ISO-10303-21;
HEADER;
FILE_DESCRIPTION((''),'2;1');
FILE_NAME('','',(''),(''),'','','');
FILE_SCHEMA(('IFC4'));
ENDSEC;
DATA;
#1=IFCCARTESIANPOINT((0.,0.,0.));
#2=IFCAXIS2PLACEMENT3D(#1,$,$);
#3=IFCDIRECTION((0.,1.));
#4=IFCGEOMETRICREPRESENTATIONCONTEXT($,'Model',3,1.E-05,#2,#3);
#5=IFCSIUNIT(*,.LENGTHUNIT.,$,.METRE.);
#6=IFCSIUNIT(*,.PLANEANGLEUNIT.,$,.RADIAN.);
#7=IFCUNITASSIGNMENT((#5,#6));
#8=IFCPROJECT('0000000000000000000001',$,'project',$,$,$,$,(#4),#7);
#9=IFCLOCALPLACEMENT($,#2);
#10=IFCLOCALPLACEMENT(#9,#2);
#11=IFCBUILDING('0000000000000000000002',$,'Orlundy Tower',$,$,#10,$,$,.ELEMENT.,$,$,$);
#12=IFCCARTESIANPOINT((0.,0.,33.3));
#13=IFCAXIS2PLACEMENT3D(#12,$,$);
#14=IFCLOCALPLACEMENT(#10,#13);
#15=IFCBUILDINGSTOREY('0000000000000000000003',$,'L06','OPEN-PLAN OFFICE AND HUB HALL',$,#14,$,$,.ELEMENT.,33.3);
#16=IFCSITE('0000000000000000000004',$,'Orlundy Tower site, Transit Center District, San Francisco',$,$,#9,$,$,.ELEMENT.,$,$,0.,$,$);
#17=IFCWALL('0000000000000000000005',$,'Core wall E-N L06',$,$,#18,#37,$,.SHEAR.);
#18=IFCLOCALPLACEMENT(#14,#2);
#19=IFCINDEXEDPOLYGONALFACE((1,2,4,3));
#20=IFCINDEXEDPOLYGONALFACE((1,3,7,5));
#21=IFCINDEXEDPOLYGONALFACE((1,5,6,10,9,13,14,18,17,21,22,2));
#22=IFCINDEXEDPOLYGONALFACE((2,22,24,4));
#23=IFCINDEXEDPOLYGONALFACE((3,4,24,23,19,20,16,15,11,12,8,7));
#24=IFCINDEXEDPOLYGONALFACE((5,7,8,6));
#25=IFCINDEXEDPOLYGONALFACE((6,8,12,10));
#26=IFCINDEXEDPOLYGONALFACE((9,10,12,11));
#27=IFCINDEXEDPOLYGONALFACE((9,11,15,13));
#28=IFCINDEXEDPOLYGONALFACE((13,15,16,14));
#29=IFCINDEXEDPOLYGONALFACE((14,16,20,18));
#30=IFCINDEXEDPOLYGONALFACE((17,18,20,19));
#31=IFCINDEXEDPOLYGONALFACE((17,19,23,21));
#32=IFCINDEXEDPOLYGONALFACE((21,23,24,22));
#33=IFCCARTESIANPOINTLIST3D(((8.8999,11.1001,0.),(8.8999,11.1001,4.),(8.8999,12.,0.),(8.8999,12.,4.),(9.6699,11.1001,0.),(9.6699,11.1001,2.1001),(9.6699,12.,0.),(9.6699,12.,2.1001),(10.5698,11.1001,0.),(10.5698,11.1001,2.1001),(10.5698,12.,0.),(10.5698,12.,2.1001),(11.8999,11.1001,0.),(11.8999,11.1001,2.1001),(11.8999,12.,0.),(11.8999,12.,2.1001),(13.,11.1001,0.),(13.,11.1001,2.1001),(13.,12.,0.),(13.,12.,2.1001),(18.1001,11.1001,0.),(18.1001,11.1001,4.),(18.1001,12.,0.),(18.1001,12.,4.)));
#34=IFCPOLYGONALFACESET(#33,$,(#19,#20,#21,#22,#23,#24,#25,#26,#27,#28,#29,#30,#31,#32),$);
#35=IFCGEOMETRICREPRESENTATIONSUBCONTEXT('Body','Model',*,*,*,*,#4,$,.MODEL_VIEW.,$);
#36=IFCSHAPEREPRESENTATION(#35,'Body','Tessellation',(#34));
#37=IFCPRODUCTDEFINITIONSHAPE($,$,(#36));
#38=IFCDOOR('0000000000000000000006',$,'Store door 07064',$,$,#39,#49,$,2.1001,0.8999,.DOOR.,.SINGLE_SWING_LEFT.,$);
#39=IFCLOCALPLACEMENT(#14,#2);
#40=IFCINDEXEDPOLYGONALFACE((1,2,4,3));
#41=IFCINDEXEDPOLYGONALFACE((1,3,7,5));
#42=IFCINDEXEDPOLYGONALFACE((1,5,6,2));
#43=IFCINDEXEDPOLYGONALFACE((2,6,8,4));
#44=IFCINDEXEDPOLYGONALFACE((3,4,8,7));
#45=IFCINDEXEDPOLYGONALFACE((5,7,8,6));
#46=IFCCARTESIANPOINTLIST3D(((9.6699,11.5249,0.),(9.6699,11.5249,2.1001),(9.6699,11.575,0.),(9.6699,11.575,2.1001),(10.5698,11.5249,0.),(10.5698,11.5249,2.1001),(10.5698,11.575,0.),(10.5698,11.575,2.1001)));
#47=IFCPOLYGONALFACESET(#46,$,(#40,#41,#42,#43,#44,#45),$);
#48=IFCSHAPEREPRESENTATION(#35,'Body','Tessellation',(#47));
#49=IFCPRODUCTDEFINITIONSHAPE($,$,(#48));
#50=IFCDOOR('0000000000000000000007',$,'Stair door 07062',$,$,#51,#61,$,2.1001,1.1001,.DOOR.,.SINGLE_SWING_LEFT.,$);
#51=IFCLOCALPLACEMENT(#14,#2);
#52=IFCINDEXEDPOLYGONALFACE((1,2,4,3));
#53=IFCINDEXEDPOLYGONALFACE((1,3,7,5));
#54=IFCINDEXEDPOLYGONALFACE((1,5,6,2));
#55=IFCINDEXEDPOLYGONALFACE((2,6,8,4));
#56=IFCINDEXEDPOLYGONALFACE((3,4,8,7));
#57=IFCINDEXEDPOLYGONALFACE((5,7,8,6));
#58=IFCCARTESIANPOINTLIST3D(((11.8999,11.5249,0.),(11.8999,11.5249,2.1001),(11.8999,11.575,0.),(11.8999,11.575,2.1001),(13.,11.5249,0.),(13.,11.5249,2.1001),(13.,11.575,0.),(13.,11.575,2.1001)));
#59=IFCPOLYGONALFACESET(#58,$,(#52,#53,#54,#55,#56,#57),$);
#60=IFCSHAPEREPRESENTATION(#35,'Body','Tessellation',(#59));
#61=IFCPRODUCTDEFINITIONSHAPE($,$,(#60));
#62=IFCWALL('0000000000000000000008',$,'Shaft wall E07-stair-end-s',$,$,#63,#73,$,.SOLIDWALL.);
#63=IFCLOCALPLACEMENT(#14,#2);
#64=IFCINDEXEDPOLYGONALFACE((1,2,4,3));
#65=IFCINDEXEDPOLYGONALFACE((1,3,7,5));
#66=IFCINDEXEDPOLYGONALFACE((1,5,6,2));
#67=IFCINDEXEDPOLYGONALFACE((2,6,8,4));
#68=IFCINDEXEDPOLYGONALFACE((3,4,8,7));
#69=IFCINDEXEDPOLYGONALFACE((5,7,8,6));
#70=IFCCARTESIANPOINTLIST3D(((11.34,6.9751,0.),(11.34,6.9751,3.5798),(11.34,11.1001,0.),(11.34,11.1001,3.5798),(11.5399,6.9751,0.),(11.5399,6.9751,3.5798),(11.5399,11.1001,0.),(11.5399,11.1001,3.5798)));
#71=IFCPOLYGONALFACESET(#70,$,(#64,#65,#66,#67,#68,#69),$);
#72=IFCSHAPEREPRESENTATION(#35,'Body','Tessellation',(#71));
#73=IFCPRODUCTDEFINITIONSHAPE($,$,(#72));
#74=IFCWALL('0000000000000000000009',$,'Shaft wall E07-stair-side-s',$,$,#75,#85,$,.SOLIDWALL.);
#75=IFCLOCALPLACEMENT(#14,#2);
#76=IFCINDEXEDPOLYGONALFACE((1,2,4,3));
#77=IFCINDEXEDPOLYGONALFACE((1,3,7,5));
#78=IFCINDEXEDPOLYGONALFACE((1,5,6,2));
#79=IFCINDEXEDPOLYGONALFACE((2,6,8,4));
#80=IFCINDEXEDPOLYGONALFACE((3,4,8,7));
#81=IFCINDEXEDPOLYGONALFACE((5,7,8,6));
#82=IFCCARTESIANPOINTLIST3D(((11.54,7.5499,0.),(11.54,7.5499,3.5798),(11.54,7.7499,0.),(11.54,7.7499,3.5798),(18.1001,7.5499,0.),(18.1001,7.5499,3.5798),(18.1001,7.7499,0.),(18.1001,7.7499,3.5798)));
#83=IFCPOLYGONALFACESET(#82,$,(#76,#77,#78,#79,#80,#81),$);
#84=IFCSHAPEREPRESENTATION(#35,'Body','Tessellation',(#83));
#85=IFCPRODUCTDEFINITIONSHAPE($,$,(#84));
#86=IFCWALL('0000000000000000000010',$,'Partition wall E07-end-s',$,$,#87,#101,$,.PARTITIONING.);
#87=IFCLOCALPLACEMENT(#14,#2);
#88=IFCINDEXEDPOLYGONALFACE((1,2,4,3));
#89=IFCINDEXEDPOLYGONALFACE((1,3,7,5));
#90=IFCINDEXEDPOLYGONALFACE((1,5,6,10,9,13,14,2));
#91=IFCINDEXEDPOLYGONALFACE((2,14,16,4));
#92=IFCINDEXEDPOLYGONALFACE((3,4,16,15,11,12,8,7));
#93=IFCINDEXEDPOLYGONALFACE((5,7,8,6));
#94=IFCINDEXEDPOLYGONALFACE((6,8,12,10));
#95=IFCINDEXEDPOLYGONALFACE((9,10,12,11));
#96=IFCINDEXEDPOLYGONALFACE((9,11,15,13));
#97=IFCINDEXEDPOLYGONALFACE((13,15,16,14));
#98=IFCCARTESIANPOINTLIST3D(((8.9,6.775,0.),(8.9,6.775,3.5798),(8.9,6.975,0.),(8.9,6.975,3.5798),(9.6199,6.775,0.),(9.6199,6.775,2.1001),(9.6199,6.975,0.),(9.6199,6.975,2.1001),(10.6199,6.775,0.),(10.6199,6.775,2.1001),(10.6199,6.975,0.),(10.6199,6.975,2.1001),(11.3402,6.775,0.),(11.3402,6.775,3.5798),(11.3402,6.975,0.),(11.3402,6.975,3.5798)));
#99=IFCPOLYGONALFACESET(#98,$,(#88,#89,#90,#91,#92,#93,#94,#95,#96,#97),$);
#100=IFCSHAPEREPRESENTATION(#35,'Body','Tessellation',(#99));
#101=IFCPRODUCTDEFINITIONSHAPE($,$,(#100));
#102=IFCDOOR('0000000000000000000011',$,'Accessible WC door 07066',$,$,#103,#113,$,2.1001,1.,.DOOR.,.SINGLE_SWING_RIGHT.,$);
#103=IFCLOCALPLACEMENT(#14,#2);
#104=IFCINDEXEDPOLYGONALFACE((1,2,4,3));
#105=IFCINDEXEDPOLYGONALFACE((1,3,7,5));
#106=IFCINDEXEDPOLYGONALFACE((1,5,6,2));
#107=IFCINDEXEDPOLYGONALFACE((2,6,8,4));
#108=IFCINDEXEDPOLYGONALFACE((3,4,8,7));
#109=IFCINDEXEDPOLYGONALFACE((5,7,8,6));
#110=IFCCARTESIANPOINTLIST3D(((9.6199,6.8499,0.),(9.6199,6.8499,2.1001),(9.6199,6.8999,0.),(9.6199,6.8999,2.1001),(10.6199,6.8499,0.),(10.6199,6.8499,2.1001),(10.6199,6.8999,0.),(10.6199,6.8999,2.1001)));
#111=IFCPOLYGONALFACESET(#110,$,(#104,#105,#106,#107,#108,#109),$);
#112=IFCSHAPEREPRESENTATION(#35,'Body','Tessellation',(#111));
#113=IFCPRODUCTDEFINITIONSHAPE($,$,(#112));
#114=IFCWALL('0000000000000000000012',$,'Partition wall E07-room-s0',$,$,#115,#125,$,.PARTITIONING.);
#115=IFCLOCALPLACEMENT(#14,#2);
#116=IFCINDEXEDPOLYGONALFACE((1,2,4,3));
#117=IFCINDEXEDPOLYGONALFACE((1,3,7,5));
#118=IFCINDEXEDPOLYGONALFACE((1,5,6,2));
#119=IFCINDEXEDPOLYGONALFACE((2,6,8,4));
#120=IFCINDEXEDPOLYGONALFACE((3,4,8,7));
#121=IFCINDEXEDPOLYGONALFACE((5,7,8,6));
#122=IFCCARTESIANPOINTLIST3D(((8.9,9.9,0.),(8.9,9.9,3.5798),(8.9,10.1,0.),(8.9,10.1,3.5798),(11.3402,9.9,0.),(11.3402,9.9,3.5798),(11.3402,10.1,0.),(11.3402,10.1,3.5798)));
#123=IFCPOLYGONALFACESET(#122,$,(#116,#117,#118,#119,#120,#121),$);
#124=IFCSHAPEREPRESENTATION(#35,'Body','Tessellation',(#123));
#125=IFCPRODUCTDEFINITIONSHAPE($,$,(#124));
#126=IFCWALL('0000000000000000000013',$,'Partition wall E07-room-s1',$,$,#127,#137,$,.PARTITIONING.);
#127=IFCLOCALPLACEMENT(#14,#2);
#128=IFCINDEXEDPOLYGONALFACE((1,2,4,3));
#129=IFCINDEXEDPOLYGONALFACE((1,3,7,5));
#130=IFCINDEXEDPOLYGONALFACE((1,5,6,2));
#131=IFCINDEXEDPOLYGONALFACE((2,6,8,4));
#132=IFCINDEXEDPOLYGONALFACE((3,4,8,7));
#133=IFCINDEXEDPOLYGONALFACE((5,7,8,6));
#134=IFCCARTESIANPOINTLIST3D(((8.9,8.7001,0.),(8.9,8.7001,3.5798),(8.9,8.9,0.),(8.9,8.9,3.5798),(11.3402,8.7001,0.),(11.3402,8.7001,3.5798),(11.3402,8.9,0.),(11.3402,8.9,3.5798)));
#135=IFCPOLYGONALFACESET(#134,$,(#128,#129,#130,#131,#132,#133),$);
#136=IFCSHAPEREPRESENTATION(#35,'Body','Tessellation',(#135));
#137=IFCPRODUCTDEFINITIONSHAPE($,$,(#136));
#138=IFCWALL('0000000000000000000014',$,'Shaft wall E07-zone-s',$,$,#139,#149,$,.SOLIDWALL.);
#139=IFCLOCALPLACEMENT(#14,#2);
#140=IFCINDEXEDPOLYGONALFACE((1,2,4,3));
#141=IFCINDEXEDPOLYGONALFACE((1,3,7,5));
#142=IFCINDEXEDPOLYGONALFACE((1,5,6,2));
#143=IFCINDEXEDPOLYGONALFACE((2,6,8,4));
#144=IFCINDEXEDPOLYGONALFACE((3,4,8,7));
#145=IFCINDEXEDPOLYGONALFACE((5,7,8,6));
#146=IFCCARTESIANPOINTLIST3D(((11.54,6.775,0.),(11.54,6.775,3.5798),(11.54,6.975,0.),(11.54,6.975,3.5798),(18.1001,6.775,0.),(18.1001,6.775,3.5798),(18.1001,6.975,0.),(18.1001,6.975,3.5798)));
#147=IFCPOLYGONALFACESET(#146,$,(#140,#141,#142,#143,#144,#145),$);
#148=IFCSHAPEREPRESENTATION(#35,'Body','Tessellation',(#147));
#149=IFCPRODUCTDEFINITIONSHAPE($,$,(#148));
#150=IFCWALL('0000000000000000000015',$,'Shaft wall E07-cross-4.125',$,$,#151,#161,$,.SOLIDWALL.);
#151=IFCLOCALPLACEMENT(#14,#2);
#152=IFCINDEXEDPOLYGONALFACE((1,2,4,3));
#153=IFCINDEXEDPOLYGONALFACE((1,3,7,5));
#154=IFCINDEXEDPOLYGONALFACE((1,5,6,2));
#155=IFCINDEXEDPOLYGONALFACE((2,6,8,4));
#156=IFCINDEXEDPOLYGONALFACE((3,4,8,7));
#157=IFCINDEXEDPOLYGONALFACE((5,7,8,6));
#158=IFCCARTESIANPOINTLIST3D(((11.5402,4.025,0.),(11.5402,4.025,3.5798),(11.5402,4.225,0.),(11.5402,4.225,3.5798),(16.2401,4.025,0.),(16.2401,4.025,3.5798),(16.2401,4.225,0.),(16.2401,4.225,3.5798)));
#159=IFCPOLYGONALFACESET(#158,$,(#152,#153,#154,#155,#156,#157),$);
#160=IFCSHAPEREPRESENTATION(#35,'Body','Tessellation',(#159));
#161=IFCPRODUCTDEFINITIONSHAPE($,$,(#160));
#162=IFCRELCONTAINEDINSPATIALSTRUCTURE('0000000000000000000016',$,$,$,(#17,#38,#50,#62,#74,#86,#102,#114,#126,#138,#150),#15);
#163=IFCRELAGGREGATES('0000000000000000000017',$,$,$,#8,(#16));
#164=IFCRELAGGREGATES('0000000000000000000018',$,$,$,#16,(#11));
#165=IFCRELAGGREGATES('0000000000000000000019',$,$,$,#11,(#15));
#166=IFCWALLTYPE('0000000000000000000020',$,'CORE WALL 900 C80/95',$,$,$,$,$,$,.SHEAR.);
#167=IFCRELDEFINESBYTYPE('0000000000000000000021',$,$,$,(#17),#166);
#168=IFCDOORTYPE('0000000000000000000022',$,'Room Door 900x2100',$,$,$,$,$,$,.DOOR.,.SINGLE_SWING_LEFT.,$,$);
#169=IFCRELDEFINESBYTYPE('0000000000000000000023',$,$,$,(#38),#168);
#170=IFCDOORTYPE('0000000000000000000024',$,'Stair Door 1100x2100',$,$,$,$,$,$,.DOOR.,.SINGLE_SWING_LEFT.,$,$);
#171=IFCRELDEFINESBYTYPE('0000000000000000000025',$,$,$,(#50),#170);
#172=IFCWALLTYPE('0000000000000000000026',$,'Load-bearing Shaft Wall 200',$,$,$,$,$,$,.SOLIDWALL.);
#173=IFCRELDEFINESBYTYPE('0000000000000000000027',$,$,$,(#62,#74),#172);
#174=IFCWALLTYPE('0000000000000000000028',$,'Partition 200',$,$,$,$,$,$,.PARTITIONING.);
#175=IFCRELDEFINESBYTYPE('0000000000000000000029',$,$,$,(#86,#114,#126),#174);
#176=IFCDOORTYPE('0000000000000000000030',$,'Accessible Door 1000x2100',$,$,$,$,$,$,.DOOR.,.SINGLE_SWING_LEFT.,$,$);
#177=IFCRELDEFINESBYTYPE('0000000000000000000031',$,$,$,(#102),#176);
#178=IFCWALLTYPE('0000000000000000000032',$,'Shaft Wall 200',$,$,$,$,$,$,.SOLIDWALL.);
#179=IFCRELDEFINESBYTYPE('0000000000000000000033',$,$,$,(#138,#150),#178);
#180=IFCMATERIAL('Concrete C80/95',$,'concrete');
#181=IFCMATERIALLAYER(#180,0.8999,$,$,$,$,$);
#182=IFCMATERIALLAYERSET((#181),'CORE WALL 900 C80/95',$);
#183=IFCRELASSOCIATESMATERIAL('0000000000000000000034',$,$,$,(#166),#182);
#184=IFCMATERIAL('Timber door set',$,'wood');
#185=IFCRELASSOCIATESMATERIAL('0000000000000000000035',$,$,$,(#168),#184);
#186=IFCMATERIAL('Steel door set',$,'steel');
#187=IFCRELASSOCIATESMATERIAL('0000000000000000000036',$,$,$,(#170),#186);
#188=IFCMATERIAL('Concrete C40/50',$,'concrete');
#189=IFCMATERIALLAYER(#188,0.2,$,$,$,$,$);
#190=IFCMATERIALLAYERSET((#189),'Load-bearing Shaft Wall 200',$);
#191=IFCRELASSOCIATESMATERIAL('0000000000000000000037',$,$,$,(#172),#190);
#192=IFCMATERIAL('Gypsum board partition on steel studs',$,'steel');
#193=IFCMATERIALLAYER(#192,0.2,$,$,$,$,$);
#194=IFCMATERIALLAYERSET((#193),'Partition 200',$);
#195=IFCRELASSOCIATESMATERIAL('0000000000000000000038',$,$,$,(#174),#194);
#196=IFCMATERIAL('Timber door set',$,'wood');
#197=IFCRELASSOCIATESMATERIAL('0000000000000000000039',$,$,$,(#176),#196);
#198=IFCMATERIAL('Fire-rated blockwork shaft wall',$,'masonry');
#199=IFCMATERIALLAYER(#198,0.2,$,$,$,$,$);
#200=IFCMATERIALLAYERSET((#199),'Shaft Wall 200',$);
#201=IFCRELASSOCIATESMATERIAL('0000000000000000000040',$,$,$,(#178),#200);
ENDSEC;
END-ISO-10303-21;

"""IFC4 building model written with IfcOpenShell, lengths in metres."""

from ifc_helpers import new_model, si_unit, direction, frame, frame_2d, origin, place, context, subcontext, project, spatial, rectangle, extrude, material, layer, layer_set, type_object, element, fill, save


model = new_model("IFC4")

# Units and contexts
model_context = context("Model", 3, precision=1e-05, world=origin(), true_north=direction((0.0, 1.0)))
body_context = subcontext(model_context, "Body", "Model", "MODEL_VIEW")
ifc_project = project(units=[si_unit("LENGTHUNIT", "METRE"), si_unit("PLANEANGLEUNIT", "RADIAN")], contexts=[model_context])

# Site, building, storey
site_placement = place(None, origin())
site = spatial("IfcSite", under=ifc_project, at=site_placement, Name="Orlundy Tower site, Transit Center District, San Francisco", CompositionType="ELEMENT", RefElevation=0.0)
building_placement = place(site_placement, origin())
building = spatial("IfcBuilding", under=site, at=building_placement, Name="Orlundy Tower", CompositionType="ELEMENT")
storey_placement = place(building_placement, frame((0.0, 0.0, 33.3)))
storey = spatial("IfcBuildingStorey", under=building, at=storey_placement, Name="L06", Description="OPEN-PLAN OFFICE AND HUB HALL", CompositionType="ELEMENT", Elevation=33.3)

# Wall, openings, doors
ifc_material_1 = material(Name="Concrete C80/95", Category="concrete")
ifc_layer_1 = layer(ifc_material_1, 0.8999)
ifc_layer_set_1 = layer_set([ifc_layer_1], Name="CORE WALL 900 C80/95")
wall_type_1 = type_object("IfcWallType", Name="CORE WALL 900 C80/95", PredefinedType="SHEAR", material=ifc_layer_set_1)
wall_1_placement = place(storey_placement, frame((8.8999, 11.55, 0.0), z_axis=(0.0, 0.0, 1.0), x_axis=(1.0, 0.0, 0.0)))
wall_1 = element("IfcWall", 1, at=wall_1_placement, inside=storey, type_object=wall_type_1, Name="Core wall E-N L06", PredefinedType="SHEAR", context=body_context, shape_type="SweptSolid", body=[
    extrude(rectangle(XDim=9.2002, YDim=0.8999, at=frame_2d((4.6001, 0.0))), origin(), (0.0, 0.0, 1.0), 4.0),
])
opening_1_placement = place(wall_1_placement, frame((3.0, 0.0, 0.0)))
opening_1 = element("IfcOpeningElement", 2, at=opening_1_placement, cuts=wall_1, PredefinedType="OPENING", context=body_context, shape_type="SweptSolid", body=[
    extrude(rectangle(XDim=1.1001, YDim=2.1001, at=frame_2d((0.55, 1.05))), frame((0.0, 0.46, 0.0), z_axis=(0.0, -1.0, 0.0), x_axis=(1.0, 0.0, 0.0)), (0.0, 0.0, 1.0), 0.9199),
])
opening_2_placement = place(wall_1_placement, frame((0.77, 0.0, 0.0)))
opening_2 = element("IfcOpeningElement", 3, at=opening_2_placement, cuts=wall_1, PredefinedType="OPENING", context=body_context, shape_type="SweptSolid", body=[
    extrude(rectangle(XDim=0.8999, YDim=2.1001, at=frame_2d((0.45, 1.05))), frame((0.0, 0.46, 0.0), z_axis=(0.0, -1.0, 0.0), x_axis=(1.0, 0.0, 0.0)), (0.0, 0.0, 1.0), 0.9199),
])
ifc_material_2 = material(Name="Timber door set", Category="wood")
door_type_1 = type_object("IfcDoorType", Name="Room Door 900x2100", OperationType="SINGLE_SWING_LEFT", PredefinedType="DOOR", material=ifc_material_2)
door_1_placement = place(opening_2_placement, origin())
door_1 = element("IfcDoor", 4, at=door_1_placement, inside=storey, type_object=door_type_1, Name="Store door 07064", OperationType="SINGLE_SWING_LEFT", OverallHeight=2.1001, OverallWidth=0.8999, PredefinedType="DOOR", context=body_context, shape_type="SweptSolid", body=[
    extrude(rectangle(XDim=0.8999, YDim=2.1001, at=frame_2d((0.45, 1.05))), frame((0.0, 0.0249, 0.0), z_axis=(0.0, -1.0, 0.0), x_axis=(1.0, 0.0, 0.0)), (0.0, 0.0, 1.0), 0.05),
])
fill(opening_2, door_1)
ifc_material_3 = material(Name="Steel door set", Category="steel")
door_type_2 = type_object("IfcDoorType", Name="Stair Door 1100x2100", OperationType="SINGLE_SWING_LEFT", PredefinedType="DOOR", material=ifc_material_3)
door_2_placement = place(opening_1_placement, origin())
door_2 = element("IfcDoor", 5, at=door_2_placement, inside=storey, type_object=door_type_2, Name="Stair door 07062", OperationType="SINGLE_SWING_LEFT", OverallHeight=2.1001, OverallWidth=1.1001, PredefinedType="DOOR", context=body_context, shape_type="SweptSolid", body=[
    extrude(rectangle(XDim=1.1001, YDim=2.1001, at=frame_2d((0.55, 1.05))), frame((0.0, 0.0249, 0.0), z_axis=(0.0, -1.0, 0.0), x_axis=(1.0, 0.0, 0.0)), (0.0, 0.0, 1.0), 0.05),
])
fill(opening_1, door_2)

# Walls
ifc_material_4 = material(Name="Concrete C40/50", Category="concrete")
ifc_layer_2 = layer(ifc_material_4, 0.2)
ifc_layer_set_2 = layer_set([ifc_layer_2], Name="Load-bearing Shaft Wall 200")
wall_type_2 = type_object("IfcWallType", Name="Load-bearing Shaft Wall 200", PredefinedType="SOLIDWALL", material=ifc_layer_set_2)
wall_2_placement = place(storey_placement, frame((11.4399, 11.1001, 0.0), z_axis=(0.0, 0.0, 1.0), x_axis=(0.0, -1.0, 0.0)))
element("IfcWall", 6, at=wall_2_placement, inside=storey, type_object=wall_type_2, Name="Shaft wall E07-stair-end-s", PredefinedType="SOLIDWALL", context=body_context, shape_type="SweptSolid", body=[
    extrude(rectangle(XDim=4.125, YDim=0.2, at=frame_2d((2.0625, 0.0))), origin(), (0.0, 0.0, 1.0), 3.5798),
])
wall_3_placement = place(storey_placement, frame((11.54, 7.6499, 0.0), z_axis=(0.0, 0.0, 1.0), x_axis=(1.0, 0.0, 0.0)))
element("IfcWall", 7, at=wall_3_placement, inside=storey, type_object=wall_type_2, Name="Shaft wall E07-stair-side-s", PredefinedType="SOLIDWALL", context=body_context, shape_type="SweptSolid", body=[
    extrude(rectangle(XDim=6.5601, YDim=0.2, at=frame_2d((3.28, 0.0))), origin(), (0.0, 0.0, 1.0), 3.5798),
])

# Wall, opening, door
ifc_material_5 = material(Name="Gypsum board partition on steel studs", Category="steel")
ifc_layer_3 = layer(ifc_material_5, 0.2)
ifc_layer_set_3 = layer_set([ifc_layer_3], Name="Partition 200")
wall_type_3 = type_object("IfcWallType", Name="Partition 200", PredefinedType="PARTITIONING", material=ifc_layer_set_3)
wall_4_placement = place(storey_placement, frame((8.8999, 6.875, 0.0), z_axis=(0.0, 0.0, 1.0), x_axis=(1.0, 0.0, 0.0)))
wall_4 = element("IfcWall", 8, at=wall_4_placement, inside=storey, type_object=wall_type_3, Name="Partition wall E07-end-s", PredefinedType="PARTITIONING", context=body_context, shape_type="SweptSolid", body=[
    extrude(rectangle(XDim=2.4402, YDim=0.2, at=frame_2d((1.2202, 0.0))), origin(), (0.0, 0.0, 1.0), 3.5798),
])
opening_3_placement = place(wall_4_placement, frame((0.72, 0.0, 0.0)))
opening_3 = element("IfcOpeningElement", 9, at=opening_3_placement, cuts=wall_4, PredefinedType="OPENING", context=body_context, shape_type="SweptSolid", body=[
    extrude(rectangle(XDim=1.0, YDim=2.1001, at=frame_2d((0.5, 1.05))), frame((0.0, 0.1101, 0.0), z_axis=(0.0, -1.0, 0.0), x_axis=(1.0, 0.0, 0.0)), (0.0, 0.0, 1.0), 0.2202),
])
ifc_material_6 = material(Name="Timber door set", Category="wood")
door_type_3 = type_object("IfcDoorType", Name="Accessible Door 1000x2100", OperationType="SINGLE_SWING_LEFT", PredefinedType="DOOR", material=ifc_material_6)
door_3_placement = place(opening_3_placement, origin())
door_3 = element("IfcDoor", 10, at=door_3_placement, inside=storey, type_object=door_type_3, Name="Accessible WC door 07066", OperationType="SINGLE_SWING_RIGHT", OverallHeight=2.1001, OverallWidth=1.0, PredefinedType="DOOR", context=body_context, shape_type="SweptSolid", body=[
    extrude(rectangle(XDim=1.0, YDim=2.1001, at=frame_2d((0.5, 1.05))), frame((0.0, 0.0249, 0.0), z_axis=(0.0, -1.0, 0.0), x_axis=(1.0, 0.0, 0.0)), (0.0, 0.0, 1.0), 0.05),
])
fill(opening_3, door_3)

# Walls
for number, where, z_axis, x_axis, name in (
    (11, (8.8999, 10.0, 0.0), (0.0, 0.0, 1.0), (1.0, 0.0, 0.0), "Partition wall E07-room-s0"),
    (12, (8.8999, 8.8, 0.0), (0.0, 0.0, 1.0), (1.0, 0.0, 0.0), "Partition wall E07-room-s1"),
):
    element("IfcWall", number, at=place(storey_placement, frame(where, z_axis=z_axis, x_axis=x_axis)), inside=storey, type_object=wall_type_3, Name=name, PredefinedType="PARTITIONING", context=body_context, shape_type="SweptSolid", body=[
        extrude(rectangle(XDim=2.4402, YDim=0.2, at=frame_2d((1.2202, 0.0))), origin(), (0.0, 0.0, 1.0), 3.5798),
    ])
ifc_material_7 = material(Name="Fire-rated blockwork shaft wall", Category="masonry")
ifc_layer_4 = layer(ifc_material_7, 0.2)
ifc_layer_set_4 = layer_set([ifc_layer_4], Name="Shaft Wall 200")
wall_type_4 = type_object("IfcWallType", Name="Shaft Wall 200", PredefinedType="SOLIDWALL", material=ifc_layer_set_4)
wall_5_placement = place(storey_placement, frame((11.54, 6.875, 0.0), z_axis=(0.0, 0.0, 1.0), x_axis=(1.0, 0.0, 0.0)))
element("IfcWall", 13, at=wall_5_placement, inside=storey, type_object=wall_type_4, Name="Shaft wall E07-zone-s", PredefinedType="SOLIDWALL", context=body_context, shape_type="SweptSolid", body=[
    extrude(rectangle(XDim=6.5601, YDim=0.2, at=frame_2d((3.28, 0.0))), origin(), (0.0, 0.0, 1.0), 3.5798),
])
wall_6_placement = place(storey_placement, frame((11.54, 4.125, 0.0), z_axis=(0.0, 0.0, 1.0), x_axis=(1.0, 0.0, 0.0)))
element("IfcWall", 14, at=wall_6_placement, inside=storey, type_object=wall_type_4, Name="Shaft wall E07-cross-4.125", PredefinedType="SOLIDWALL", context=body_context, shape_type="SweptSolid", body=[
    extrude(rectangle(XDim=4.7, YDim=0.2, at=frame_2d((2.3501, 0.0))), origin(), (0.0, 0.0, 1.0), 3.5798),
])

save(model, "model.ifc")
